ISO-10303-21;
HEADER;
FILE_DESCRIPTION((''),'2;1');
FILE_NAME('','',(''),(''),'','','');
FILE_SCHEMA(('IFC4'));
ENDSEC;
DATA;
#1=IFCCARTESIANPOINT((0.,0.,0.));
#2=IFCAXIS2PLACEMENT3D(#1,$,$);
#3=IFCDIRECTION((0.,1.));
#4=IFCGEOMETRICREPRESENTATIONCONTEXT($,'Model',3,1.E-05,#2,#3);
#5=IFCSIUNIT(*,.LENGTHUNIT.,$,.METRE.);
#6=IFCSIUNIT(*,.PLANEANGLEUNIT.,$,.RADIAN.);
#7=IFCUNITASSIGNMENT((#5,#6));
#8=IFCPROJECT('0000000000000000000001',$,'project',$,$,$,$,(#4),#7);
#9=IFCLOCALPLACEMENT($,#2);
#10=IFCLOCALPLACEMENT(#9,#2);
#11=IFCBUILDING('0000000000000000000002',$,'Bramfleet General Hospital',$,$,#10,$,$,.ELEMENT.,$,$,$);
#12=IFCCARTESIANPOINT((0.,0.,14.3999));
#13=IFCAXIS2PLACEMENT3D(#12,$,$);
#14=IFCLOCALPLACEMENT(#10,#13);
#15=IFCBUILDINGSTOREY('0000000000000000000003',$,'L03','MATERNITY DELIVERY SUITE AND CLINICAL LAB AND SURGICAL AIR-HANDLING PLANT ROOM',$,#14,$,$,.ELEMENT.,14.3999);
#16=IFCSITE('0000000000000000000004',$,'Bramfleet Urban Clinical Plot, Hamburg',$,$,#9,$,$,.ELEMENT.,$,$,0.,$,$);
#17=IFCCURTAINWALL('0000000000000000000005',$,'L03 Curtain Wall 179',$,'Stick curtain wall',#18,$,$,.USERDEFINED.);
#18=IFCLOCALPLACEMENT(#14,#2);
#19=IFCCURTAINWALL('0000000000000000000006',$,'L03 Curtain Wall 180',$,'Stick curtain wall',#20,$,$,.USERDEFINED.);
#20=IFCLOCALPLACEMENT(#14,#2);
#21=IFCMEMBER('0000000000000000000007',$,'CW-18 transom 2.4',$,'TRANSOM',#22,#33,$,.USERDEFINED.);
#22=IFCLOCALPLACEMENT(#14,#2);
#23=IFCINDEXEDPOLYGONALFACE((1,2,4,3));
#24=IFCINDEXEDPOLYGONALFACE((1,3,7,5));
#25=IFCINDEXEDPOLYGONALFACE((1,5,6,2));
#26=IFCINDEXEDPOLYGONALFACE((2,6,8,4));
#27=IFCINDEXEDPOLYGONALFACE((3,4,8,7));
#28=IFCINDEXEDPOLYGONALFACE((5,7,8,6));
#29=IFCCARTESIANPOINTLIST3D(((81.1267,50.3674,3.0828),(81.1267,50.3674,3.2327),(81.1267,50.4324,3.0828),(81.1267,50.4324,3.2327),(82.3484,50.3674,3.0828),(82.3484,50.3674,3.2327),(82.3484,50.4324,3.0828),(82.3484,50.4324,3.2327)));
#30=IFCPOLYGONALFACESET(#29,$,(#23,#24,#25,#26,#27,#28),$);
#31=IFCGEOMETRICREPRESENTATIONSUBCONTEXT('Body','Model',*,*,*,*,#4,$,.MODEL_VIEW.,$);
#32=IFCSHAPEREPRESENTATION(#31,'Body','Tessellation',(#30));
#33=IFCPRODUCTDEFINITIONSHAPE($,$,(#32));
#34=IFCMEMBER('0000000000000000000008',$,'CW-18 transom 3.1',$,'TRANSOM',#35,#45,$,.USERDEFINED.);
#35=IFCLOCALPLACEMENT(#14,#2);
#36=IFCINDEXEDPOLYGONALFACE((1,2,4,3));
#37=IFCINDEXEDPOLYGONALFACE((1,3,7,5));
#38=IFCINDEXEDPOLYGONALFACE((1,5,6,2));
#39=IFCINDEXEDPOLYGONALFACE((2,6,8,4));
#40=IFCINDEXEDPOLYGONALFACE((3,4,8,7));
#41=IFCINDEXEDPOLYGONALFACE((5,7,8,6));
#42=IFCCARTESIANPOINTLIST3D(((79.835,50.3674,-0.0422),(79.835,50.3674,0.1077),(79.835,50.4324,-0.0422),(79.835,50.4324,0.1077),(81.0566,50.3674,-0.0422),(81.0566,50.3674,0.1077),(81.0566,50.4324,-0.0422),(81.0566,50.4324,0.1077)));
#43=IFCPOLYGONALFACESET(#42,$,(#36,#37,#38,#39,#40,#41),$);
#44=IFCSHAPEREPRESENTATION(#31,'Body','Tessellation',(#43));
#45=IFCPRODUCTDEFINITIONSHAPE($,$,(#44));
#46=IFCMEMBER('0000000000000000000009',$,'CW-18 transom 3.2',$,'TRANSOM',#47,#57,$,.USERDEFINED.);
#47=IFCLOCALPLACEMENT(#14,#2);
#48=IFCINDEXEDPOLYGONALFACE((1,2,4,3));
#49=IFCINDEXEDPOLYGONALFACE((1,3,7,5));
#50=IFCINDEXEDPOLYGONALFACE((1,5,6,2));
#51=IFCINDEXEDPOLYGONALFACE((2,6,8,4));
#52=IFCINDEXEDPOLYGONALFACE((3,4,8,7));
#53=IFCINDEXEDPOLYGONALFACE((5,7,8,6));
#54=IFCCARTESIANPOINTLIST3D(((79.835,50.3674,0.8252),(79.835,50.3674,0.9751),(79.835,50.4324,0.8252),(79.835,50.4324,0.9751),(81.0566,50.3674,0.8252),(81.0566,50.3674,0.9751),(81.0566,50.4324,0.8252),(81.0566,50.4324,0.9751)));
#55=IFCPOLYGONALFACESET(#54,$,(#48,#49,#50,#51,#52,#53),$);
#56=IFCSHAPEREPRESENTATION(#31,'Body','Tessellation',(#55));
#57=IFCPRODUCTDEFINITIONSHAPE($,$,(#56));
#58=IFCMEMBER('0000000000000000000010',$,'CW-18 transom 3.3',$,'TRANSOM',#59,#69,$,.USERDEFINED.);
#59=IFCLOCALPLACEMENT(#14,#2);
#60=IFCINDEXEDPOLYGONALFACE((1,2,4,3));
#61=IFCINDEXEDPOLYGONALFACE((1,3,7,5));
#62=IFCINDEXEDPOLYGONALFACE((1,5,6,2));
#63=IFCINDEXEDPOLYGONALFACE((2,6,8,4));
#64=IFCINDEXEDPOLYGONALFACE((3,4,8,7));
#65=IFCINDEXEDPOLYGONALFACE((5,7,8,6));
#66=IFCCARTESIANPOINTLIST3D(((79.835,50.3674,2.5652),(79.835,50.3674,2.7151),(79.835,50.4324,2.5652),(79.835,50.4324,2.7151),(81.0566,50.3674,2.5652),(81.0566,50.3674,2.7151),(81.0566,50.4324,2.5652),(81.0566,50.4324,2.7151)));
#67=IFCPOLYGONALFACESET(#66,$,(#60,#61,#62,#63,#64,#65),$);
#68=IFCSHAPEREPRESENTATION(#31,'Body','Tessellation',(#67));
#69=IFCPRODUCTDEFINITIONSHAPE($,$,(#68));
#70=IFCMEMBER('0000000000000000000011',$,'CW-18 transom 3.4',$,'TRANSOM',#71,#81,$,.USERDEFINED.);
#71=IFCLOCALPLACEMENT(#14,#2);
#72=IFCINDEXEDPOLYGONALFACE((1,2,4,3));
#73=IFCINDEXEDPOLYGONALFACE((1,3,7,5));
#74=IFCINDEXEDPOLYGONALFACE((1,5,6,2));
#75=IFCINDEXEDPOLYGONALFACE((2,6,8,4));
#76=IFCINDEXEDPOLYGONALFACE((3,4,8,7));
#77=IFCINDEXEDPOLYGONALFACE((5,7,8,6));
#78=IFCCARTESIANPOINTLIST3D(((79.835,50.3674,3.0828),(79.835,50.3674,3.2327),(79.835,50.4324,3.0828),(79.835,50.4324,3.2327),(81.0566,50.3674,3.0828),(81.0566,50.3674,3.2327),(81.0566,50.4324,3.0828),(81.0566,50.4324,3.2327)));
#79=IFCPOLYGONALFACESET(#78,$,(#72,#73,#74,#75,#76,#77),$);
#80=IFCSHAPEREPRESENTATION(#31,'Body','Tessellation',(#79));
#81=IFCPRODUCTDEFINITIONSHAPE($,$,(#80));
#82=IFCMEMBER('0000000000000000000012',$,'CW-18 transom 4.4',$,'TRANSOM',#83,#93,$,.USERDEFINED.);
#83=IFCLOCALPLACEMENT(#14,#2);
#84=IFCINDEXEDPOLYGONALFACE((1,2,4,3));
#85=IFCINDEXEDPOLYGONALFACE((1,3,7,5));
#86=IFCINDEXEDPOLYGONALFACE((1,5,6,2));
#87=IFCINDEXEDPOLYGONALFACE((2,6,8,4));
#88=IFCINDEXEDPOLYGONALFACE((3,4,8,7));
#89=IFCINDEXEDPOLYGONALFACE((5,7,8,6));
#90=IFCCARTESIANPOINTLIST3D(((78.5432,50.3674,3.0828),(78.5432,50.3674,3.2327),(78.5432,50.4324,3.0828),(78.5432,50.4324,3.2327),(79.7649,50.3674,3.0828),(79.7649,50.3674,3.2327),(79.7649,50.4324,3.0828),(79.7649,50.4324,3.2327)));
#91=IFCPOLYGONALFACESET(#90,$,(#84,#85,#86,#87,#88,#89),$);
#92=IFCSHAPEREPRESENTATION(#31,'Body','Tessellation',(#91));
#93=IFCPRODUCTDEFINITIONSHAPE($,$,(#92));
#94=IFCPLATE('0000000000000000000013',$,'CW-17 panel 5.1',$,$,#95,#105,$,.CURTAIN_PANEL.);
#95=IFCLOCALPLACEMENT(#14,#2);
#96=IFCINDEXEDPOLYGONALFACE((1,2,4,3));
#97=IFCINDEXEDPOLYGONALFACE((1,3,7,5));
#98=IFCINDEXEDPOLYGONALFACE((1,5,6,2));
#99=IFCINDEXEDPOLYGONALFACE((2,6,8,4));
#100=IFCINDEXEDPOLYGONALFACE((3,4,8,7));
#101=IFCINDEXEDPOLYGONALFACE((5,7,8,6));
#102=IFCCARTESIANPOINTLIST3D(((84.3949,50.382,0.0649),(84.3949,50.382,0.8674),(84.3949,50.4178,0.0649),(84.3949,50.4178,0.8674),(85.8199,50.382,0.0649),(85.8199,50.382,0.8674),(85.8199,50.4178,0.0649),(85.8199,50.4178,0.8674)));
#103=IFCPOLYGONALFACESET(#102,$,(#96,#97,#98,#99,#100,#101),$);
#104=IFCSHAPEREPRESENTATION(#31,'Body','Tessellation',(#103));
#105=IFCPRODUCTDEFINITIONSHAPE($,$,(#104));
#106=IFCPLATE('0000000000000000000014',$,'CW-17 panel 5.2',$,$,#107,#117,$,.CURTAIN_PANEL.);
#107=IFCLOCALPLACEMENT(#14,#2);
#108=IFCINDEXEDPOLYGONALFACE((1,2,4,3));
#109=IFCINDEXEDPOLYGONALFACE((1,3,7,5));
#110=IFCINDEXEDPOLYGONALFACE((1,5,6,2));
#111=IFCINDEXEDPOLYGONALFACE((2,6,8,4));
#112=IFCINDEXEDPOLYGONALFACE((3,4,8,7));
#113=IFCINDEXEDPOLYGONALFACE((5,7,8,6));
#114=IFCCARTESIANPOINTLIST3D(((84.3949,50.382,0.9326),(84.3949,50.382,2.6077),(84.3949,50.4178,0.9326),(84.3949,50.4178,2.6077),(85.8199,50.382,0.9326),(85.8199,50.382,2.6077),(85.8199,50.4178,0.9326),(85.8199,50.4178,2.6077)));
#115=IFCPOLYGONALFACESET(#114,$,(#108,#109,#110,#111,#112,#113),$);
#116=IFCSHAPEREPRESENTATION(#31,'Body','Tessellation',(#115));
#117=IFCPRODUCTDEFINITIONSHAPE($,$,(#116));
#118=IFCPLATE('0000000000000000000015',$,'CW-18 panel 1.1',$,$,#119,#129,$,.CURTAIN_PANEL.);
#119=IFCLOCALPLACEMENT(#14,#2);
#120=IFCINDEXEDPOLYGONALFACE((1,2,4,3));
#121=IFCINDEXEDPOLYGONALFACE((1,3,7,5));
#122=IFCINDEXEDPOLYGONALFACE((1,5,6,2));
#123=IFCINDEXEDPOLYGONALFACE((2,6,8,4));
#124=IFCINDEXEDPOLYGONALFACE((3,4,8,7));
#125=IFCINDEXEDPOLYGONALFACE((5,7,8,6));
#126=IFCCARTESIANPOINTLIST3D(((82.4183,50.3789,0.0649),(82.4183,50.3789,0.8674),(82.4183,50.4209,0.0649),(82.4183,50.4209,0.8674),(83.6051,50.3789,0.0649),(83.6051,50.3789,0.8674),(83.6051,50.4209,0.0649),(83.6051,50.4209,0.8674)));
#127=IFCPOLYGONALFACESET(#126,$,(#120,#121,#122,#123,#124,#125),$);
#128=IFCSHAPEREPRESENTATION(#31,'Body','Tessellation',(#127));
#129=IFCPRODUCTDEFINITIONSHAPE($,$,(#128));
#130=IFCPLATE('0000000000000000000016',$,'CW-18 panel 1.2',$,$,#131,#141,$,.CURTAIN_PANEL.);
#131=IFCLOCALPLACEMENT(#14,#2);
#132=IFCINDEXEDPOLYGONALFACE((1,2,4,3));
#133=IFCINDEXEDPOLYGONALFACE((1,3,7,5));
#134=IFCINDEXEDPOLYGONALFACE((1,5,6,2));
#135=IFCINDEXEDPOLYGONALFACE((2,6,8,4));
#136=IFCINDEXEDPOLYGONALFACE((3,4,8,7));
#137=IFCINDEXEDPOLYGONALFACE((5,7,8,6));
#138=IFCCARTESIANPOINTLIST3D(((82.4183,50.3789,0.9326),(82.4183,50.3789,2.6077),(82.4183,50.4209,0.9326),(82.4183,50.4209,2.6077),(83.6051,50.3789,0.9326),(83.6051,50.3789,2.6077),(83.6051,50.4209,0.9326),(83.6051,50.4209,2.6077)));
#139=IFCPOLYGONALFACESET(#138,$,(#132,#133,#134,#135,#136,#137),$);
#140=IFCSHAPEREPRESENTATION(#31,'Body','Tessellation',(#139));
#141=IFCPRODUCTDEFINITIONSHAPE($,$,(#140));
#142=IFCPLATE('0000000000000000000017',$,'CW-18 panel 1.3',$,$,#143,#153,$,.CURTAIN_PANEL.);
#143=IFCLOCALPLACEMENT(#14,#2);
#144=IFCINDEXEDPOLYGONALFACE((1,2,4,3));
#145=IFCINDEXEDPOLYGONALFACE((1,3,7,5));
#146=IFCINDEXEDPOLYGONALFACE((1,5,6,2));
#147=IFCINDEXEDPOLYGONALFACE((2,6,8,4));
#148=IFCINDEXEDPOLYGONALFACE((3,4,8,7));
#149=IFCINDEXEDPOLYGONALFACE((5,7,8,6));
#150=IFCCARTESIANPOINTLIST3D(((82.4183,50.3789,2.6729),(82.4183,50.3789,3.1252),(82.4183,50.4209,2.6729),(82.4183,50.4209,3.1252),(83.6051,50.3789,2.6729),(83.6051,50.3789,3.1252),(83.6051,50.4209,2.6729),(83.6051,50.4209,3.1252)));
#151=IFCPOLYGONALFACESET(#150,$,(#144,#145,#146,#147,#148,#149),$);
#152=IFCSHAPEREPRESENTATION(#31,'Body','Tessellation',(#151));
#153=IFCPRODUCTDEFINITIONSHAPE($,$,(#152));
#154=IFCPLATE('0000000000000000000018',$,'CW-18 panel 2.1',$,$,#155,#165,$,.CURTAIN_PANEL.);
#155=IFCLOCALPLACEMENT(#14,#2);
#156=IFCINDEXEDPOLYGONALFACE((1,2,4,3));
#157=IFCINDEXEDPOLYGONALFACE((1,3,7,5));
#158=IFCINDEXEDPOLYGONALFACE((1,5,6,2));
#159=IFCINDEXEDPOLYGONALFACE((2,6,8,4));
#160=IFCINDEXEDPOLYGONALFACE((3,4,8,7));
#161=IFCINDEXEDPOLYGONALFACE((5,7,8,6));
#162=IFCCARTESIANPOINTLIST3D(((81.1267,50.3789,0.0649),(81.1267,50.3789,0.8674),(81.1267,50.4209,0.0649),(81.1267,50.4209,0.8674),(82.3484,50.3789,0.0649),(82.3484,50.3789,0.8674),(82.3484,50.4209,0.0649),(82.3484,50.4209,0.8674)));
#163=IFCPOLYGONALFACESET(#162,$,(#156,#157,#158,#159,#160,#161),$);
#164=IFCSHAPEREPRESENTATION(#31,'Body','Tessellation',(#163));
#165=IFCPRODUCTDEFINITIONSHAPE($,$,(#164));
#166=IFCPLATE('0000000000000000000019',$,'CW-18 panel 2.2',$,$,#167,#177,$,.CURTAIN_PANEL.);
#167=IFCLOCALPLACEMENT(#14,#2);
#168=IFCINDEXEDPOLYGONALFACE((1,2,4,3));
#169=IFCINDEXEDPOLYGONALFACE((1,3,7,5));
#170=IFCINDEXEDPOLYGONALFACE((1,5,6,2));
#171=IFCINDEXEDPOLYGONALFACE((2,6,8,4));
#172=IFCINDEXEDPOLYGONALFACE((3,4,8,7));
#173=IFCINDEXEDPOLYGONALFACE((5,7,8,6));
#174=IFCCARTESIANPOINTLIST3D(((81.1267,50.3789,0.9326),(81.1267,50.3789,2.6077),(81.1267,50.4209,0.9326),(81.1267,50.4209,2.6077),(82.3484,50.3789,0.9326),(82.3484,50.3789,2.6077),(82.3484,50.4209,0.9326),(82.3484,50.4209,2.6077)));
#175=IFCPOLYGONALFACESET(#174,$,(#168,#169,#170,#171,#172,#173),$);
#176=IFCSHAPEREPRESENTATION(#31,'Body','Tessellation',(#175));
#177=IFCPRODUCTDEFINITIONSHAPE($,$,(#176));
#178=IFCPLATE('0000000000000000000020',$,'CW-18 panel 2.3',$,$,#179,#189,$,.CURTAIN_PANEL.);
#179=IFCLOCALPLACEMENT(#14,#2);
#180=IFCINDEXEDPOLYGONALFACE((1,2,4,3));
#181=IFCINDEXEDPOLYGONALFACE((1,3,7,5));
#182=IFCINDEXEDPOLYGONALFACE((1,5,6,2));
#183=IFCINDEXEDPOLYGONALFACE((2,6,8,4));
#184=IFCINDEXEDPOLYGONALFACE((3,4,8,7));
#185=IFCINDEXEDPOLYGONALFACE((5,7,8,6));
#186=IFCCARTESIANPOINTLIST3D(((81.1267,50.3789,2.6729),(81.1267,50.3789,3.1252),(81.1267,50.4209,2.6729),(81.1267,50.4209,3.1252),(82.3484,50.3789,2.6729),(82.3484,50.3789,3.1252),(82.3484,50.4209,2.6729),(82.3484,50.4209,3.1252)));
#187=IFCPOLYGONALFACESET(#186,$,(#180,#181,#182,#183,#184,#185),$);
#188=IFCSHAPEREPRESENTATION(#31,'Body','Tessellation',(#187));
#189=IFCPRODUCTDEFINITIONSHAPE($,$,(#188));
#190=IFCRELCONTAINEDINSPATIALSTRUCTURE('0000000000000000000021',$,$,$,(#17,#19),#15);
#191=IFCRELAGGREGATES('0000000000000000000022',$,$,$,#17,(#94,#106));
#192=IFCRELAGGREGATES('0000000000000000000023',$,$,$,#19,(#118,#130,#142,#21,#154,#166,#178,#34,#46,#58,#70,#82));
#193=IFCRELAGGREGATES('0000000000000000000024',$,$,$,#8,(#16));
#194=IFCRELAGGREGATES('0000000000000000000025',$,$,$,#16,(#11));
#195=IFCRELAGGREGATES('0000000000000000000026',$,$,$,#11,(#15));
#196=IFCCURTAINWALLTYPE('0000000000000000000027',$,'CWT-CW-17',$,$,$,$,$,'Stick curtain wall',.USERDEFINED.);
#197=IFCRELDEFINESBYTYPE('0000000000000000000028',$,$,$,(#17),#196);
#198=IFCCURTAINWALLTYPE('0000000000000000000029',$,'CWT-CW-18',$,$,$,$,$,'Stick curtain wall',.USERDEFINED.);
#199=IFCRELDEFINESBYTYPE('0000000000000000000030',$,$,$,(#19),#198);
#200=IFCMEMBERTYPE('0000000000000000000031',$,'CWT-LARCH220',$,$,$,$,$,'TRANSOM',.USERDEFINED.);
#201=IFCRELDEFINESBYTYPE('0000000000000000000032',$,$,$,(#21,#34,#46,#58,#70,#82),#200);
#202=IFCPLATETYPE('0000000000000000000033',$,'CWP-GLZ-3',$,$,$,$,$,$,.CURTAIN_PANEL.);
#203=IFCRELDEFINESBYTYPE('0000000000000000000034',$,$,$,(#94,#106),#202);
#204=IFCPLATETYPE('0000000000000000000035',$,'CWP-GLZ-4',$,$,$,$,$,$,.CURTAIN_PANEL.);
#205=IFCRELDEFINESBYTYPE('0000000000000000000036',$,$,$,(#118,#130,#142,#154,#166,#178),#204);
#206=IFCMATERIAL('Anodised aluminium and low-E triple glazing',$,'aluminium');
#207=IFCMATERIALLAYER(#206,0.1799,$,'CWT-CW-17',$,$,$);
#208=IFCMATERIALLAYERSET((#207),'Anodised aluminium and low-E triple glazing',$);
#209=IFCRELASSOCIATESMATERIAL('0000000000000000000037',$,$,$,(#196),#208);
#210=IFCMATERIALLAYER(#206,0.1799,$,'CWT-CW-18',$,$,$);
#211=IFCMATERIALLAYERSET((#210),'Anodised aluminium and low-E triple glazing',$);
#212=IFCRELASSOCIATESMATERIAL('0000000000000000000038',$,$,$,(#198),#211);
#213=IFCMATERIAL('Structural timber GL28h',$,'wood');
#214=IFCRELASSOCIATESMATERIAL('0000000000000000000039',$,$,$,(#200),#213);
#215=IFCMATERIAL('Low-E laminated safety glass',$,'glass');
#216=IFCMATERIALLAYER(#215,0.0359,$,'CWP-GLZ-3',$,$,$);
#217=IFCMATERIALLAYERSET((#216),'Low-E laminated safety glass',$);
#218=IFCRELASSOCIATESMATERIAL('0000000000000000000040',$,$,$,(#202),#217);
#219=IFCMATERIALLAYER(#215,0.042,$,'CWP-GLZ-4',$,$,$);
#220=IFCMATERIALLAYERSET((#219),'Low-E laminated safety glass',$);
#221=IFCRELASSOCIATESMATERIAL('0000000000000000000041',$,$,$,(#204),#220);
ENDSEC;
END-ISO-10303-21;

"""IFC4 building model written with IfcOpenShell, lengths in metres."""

from ifc_helpers import new_model, si_unit, direction, frame, origin, origin_2d, place, context, subcontext, project, spatial, rectangle, extrude, material, layer, layer_set, material_profile, profile_set, type_object, element, aggregate, save


model = new_model("IFC4")

# Units and contexts
model_context = context("Model", 3, precision=1e-05, world=origin(), true_north=direction((0.0, 1.0)))
body_context = subcontext(model_context, "Body", "Model", "MODEL_VIEW")
ifc_project = project(units=[si_unit("LENGTHUNIT", "METRE"), si_unit("PLANEANGLEUNIT", "RADIAN")], contexts=[model_context])

# Site, building, storey
site_placement = place(None, origin())
site = spatial("IfcSite", under=ifc_project, at=site_placement, Name="Bramfleet Urban Clinical Plot, Hamburg", CompositionType="ELEMENT", RefElevation=0.0)
building_placement = place(site_placement, origin())
building = spatial("IfcBuilding", under=site, at=building_placement, Name="Bramfleet General Hospital", CompositionType="ELEMENT")
storey_placement = place(building_placement, frame((0.0, 0.0, 14.3999)))
storey = spatial("IfcBuildingStorey", under=building, at=storey_placement, Name="L03", Description="MATERNITY DELIVERY SUITE AND CLINICAL LAB AND SURGICAL AIR-HANDLING PLANT ROOM", CompositionType="ELEMENT", Elevation=14.3999)

# Curtain wall
ifc_material_1 = material(Name="Anodised aluminium and low-E triple glazing", Category="aluminium")
ifc_layer_1 = layer(ifc_material_1, 0.1799, Name="CWT-CW-17")
ifc_layer_set_1 = layer_set([ifc_layer_1], Name="Anodised aluminium and low-E triple glazing")
curtain_wall_type_1 = type_object("IfcCurtainWallType", Name="CWT-CW-17", ElementType="Stick curtain wall", PredefinedType="USERDEFINED", material=ifc_layer_set_1)
curtain_wall_1_placement = place(storey_placement, origin())
curtain_wall_1 = element("IfcCurtainWall", 1, at=curtain_wall_1_placement, inside=storey, type_object=curtain_wall_type_1, Name="L03 Curtain Wall 179", ObjectType="Stick curtain wall", PredefinedType="USERDEFINED")
ifc_material_2 = material(Name="Structural timber GL28h", Category="wood")

# Curtain wall, members
ifc_layer_2 = layer(ifc_material_1, 0.1799, Name="CWT-CW-18")
ifc_layer_set_2 = layer_set([ifc_layer_2], Name="Anodised aluminium and low-E triple glazing")
curtain_wall_type_2 = type_object("IfcCurtainWallType", Name="CWT-CW-18", ElementType="Stick curtain wall", PredefinedType="USERDEFINED", material=ifc_layer_set_2)
curtain_wall_2_placement = place(storey_placement, origin())
curtain_wall_2 = element("IfcCurtainWall", 2, at=curtain_wall_2_placement, inside=storey, type_object=curtain_wall_type_2, Name="L03 Curtain Wall 180", ObjectType="Stick curtain wall", PredefinedType="USERDEFINED")
ifc_material_profile_1 = material_profile(ifc_material_2, rectangle(XDim=0.0649, YDim=0.1499, at=origin_2d()), Name="LARCH 150x65")
ifc_profile_set_1 = profile_set([ifc_material_profile_1], Name="Structural timber GL28h")
member_type_1 = type_object("IfcMemberType", Name="CWT-LARCH220", ElementType="TRANSOM", PredefinedType="USERDEFINED", material=ifc_profile_set_1)
member_1_placement = place(storey_placement, frame((82.3484, 50.3999, 3.1577), z_axis=(-1.0, 0.0, 0.0), x_axis=(0.0, -1.0, 0.0)))
member_1 = element("IfcMember", 3, at=member_1_placement, type_object=member_type_1, Name="CW-18 transom 2.4", ObjectType="TRANSOM", PredefinedType="USERDEFINED", context=body_context, shape_type="SweptSolid", body=[
    extrude(rectangle(XDim=0.0649, YDim=0.1499, at=origin_2d()), origin(), (0.0, 0.0, 1.0), 1.2217),
])
member_2_placement = place(storey_placement, frame((81.0566, 50.3999, 0.0327), z_axis=(-1.0, 0.0, 0.0), x_axis=(0.0, -1.0, 0.0)))
member_2 = element("IfcMember", 4, at=member_2_placement, type_object=member_type_1, Name="CW-18 transom 3.1", ObjectType="TRANSOM", PredefinedType="USERDEFINED", context=body_context, shape_type="SweptSolid", body=[
    extrude(rectangle(XDim=0.0649, YDim=0.1499, at=origin_2d()), origin(), (0.0, 0.0, 1.0), 1.2217),
])
member_3_placement = place(storey_placement, frame((81.0566, 50.3999, 0.9001), z_axis=(-1.0, 0.0, 0.0), x_axis=(0.0, -1.0, 0.0)))
member_3 = element("IfcMember", 5, at=member_3_placement, type_object=member_type_1, Name="CW-18 transom 3.2", ObjectType="TRANSOM", PredefinedType="USERDEFINED", context=body_context, shape_type="SweptSolid", body=[
    extrude(rectangle(XDim=0.0649, YDim=0.1499, at=origin_2d()), origin(), (0.0, 0.0, 1.0), 1.2217),
])
member_4_placement = place(storey_placement, frame((81.0566, 50.3999, 2.6401), z_axis=(-1.0, 0.0, 0.0), x_axis=(0.0, -1.0, 0.0)))
member_4 = element("IfcMember", 6, at=member_4_placement, type_object=member_type_1, Name="CW-18 transom 3.3", ObjectType="TRANSOM", PredefinedType="USERDEFINED", context=body_context, shape_type="SweptSolid", body=[
    extrude(rectangle(XDim=0.0649, YDim=0.1499, at=origin_2d()), origin(), (0.0, 0.0, 1.0), 1.2217),
])
member_5_placement = place(storey_placement, frame((81.0566, 50.3999, 3.1577), z_axis=(-1.0, 0.0, 0.0), x_axis=(0.0, -1.0, 0.0)))
member_5 = element("IfcMember", 7, at=member_5_placement, type_object=member_type_1, Name="CW-18 transom 3.4", ObjectType="TRANSOM", PredefinedType="USERDEFINED", context=body_context, shape_type="SweptSolid", body=[
    extrude(rectangle(XDim=0.0649, YDim=0.1499, at=origin_2d()), origin(), (0.0, 0.0, 1.0), 1.2217),
])
member_6_placement = place(storey_placement, frame((79.7649, 50.3999, 3.1577), z_axis=(-1.0, 0.0, 0.0), x_axis=(0.0, -1.0, 0.0)))
member_6 = element("IfcMember", 8, at=member_6_placement, type_object=member_type_1, Name="CW-18 transom 4.4", ObjectType="TRANSOM", PredefinedType="USERDEFINED", context=body_context, shape_type="SweptSolid", body=[
    extrude(rectangle(XDim=0.0649, YDim=0.1499, at=origin_2d()), origin(), (0.0, 0.0, 1.0), 1.2217),
])

# Plates
ifc_material_3 = material(Name="Low-E laminated safety glass", Category="glass")
ifc_layer_3 = layer(ifc_material_3, 0.0359, Name="CWP-GLZ-3")
ifc_layer_set_3 = layer_set([ifc_layer_3], Name="Low-E laminated safety glass")
plate_type_1 = type_object("IfcPlateType", Name="CWP-GLZ-3", PredefinedType="CURTAIN_PANEL", material=ifc_layer_set_3)
plate_1_placement = place(storey_placement, frame((85.1074, 50.3999, 0.0649), z_axis=(0.0, 0.0, 1.0), x_axis=(-1.0, 0.0, 0.0)))
plate_1 = element("IfcPlate", 9, at=plate_1_placement, type_object=plate_type_1, Name="CW-17 panel 5.1", PredefinedType="CURTAIN_PANEL", context=body_context, shape_type="SweptSolid", body=[
    extrude(rectangle(XDim=1.425, YDim=0.0359, at=origin_2d()), origin(), (0.0, 0.0, 1.0), 0.8025),
])
plate_2_placement = place(storey_placement, frame((85.1074, 50.3999, 0.9326), z_axis=(0.0, 0.0, 1.0), x_axis=(-1.0, 0.0, 0.0)))
plate_2 = element("IfcPlate", 10, at=plate_2_placement, type_object=plate_type_1, Name="CW-17 panel 5.2", PredefinedType="CURTAIN_PANEL", context=body_context, shape_type="SweptSolid", body=[
    extrude(rectangle(XDim=1.425, YDim=0.0359, at=origin_2d()), origin(), (0.0, 0.0, 1.0), 1.675),
])
aggregate(curtain_wall_1, [plate_1, plate_2])
ifc_layer_4 = layer(ifc_material_3, 0.042, Name="CWP-GLZ-4")
ifc_layer_set_4 = layer_set([ifc_layer_4], Name="Low-E laminated safety glass")
plate_type_2 = type_object("IfcPlateType", Name="CWP-GLZ-4", PredefinedType="CURTAIN_PANEL", material=ifc_layer_set_4)
plate_3_placement = place(storey_placement, frame((83.0117, 50.3999, 0.0649), z_axis=(0.0, 0.0, 1.0), x_axis=(-1.0, 0.0, 0.0)))
plate_3 = element("IfcPlate", 11, at=plate_3_placement, type_object=plate_type_2, Name="CW-18 panel 1.1", PredefinedType="CURTAIN_PANEL", context=body_context, shape_type="SweptSolid", body=[
    extrude(rectangle(XDim=1.1868, YDim=0.042, at=origin_2d()), origin(), (0.0, 0.0, 1.0), 0.8025),
])
plate_4_placement = place(storey_placement, frame((83.0117, 50.3999, 0.9326), z_axis=(0.0, 0.0, 1.0), x_axis=(-1.0, 0.0, 0.0)))
plate_4 = element("IfcPlate", 12, at=plate_4_placement, type_object=plate_type_2, Name="CW-18 panel 1.2", PredefinedType="CURTAIN_PANEL", context=body_context, shape_type="SweptSolid", body=[
    extrude(rectangle(XDim=1.1868, YDim=0.042, at=origin_2d()), origin(), (0.0, 0.0, 1.0), 1.675),
])
plate_5_placement = place(storey_placement, frame((83.0117, 50.3999, 2.6729), z_axis=(0.0, 0.0, 1.0), x_axis=(-1.0, 0.0, 0.0)))
plate_5 = element("IfcPlate", 13, at=plate_5_placement, type_object=plate_type_2, Name="CW-18 panel 1.3", PredefinedType="CURTAIN_PANEL", context=body_context, shape_type="SweptSolid", body=[
    extrude(rectangle(XDim=1.1868, YDim=0.042, at=origin_2d()), origin(), (0.0, 0.0, 1.0), 0.4524),
])
plate_6_placement = place(storey_placement, frame((81.7375, 50.3999, 0.0649), z_axis=(0.0, 0.0, 1.0), x_axis=(-1.0, 0.0, 0.0)))
plate_6 = element("IfcPlate", 14, at=plate_6_placement, type_object=plate_type_2, Name="CW-18 panel 2.1", PredefinedType="CURTAIN_PANEL", context=body_context, shape_type="SweptSolid", body=[
    extrude(rectangle(XDim=1.2217, YDim=0.042, at=origin_2d()), origin(), (0.0, 0.0, 1.0), 0.8025),
])
plate_7_placement = place(storey_placement, frame((81.7375, 50.3999, 0.9326), z_axis=(0.0, 0.0, 1.0), x_axis=(-1.0, 0.0, 0.0)))
plate_7 = element("IfcPlate", 15, at=plate_7_placement, type_object=plate_type_2, Name="CW-18 panel 2.2", PredefinedType="CURTAIN_PANEL", context=body_context, shape_type="SweptSolid", body=[
    extrude(rectangle(XDim=1.2217, YDim=0.042, at=origin_2d()), origin(), (0.0, 0.0, 1.0), 1.675),
])
plate_8_placement = place(storey_placement, frame((81.7375, 50.3999, 2.6729), z_axis=(0.0, 0.0, 1.0), x_axis=(-1.0, 0.0, 0.0)))
plate_8 = element("IfcPlate", 16, at=plate_8_placement, type_object=plate_type_2, Name="CW-18 panel 2.3", PredefinedType="CURTAIN_PANEL", context=body_context, shape_type="SweptSolid", body=[
    extrude(rectangle(XDim=1.2217, YDim=0.042, at=origin_2d()), origin(), (0.0, 0.0, 1.0), 0.4524),
])
aggregate(curtain_wall_2, [plate_3, plate_4, plate_5, member_1, plate_6, plate_7, plate_8, member_2, member_3, member_4, member_5, member_6])

save(model, "model.ifc")
